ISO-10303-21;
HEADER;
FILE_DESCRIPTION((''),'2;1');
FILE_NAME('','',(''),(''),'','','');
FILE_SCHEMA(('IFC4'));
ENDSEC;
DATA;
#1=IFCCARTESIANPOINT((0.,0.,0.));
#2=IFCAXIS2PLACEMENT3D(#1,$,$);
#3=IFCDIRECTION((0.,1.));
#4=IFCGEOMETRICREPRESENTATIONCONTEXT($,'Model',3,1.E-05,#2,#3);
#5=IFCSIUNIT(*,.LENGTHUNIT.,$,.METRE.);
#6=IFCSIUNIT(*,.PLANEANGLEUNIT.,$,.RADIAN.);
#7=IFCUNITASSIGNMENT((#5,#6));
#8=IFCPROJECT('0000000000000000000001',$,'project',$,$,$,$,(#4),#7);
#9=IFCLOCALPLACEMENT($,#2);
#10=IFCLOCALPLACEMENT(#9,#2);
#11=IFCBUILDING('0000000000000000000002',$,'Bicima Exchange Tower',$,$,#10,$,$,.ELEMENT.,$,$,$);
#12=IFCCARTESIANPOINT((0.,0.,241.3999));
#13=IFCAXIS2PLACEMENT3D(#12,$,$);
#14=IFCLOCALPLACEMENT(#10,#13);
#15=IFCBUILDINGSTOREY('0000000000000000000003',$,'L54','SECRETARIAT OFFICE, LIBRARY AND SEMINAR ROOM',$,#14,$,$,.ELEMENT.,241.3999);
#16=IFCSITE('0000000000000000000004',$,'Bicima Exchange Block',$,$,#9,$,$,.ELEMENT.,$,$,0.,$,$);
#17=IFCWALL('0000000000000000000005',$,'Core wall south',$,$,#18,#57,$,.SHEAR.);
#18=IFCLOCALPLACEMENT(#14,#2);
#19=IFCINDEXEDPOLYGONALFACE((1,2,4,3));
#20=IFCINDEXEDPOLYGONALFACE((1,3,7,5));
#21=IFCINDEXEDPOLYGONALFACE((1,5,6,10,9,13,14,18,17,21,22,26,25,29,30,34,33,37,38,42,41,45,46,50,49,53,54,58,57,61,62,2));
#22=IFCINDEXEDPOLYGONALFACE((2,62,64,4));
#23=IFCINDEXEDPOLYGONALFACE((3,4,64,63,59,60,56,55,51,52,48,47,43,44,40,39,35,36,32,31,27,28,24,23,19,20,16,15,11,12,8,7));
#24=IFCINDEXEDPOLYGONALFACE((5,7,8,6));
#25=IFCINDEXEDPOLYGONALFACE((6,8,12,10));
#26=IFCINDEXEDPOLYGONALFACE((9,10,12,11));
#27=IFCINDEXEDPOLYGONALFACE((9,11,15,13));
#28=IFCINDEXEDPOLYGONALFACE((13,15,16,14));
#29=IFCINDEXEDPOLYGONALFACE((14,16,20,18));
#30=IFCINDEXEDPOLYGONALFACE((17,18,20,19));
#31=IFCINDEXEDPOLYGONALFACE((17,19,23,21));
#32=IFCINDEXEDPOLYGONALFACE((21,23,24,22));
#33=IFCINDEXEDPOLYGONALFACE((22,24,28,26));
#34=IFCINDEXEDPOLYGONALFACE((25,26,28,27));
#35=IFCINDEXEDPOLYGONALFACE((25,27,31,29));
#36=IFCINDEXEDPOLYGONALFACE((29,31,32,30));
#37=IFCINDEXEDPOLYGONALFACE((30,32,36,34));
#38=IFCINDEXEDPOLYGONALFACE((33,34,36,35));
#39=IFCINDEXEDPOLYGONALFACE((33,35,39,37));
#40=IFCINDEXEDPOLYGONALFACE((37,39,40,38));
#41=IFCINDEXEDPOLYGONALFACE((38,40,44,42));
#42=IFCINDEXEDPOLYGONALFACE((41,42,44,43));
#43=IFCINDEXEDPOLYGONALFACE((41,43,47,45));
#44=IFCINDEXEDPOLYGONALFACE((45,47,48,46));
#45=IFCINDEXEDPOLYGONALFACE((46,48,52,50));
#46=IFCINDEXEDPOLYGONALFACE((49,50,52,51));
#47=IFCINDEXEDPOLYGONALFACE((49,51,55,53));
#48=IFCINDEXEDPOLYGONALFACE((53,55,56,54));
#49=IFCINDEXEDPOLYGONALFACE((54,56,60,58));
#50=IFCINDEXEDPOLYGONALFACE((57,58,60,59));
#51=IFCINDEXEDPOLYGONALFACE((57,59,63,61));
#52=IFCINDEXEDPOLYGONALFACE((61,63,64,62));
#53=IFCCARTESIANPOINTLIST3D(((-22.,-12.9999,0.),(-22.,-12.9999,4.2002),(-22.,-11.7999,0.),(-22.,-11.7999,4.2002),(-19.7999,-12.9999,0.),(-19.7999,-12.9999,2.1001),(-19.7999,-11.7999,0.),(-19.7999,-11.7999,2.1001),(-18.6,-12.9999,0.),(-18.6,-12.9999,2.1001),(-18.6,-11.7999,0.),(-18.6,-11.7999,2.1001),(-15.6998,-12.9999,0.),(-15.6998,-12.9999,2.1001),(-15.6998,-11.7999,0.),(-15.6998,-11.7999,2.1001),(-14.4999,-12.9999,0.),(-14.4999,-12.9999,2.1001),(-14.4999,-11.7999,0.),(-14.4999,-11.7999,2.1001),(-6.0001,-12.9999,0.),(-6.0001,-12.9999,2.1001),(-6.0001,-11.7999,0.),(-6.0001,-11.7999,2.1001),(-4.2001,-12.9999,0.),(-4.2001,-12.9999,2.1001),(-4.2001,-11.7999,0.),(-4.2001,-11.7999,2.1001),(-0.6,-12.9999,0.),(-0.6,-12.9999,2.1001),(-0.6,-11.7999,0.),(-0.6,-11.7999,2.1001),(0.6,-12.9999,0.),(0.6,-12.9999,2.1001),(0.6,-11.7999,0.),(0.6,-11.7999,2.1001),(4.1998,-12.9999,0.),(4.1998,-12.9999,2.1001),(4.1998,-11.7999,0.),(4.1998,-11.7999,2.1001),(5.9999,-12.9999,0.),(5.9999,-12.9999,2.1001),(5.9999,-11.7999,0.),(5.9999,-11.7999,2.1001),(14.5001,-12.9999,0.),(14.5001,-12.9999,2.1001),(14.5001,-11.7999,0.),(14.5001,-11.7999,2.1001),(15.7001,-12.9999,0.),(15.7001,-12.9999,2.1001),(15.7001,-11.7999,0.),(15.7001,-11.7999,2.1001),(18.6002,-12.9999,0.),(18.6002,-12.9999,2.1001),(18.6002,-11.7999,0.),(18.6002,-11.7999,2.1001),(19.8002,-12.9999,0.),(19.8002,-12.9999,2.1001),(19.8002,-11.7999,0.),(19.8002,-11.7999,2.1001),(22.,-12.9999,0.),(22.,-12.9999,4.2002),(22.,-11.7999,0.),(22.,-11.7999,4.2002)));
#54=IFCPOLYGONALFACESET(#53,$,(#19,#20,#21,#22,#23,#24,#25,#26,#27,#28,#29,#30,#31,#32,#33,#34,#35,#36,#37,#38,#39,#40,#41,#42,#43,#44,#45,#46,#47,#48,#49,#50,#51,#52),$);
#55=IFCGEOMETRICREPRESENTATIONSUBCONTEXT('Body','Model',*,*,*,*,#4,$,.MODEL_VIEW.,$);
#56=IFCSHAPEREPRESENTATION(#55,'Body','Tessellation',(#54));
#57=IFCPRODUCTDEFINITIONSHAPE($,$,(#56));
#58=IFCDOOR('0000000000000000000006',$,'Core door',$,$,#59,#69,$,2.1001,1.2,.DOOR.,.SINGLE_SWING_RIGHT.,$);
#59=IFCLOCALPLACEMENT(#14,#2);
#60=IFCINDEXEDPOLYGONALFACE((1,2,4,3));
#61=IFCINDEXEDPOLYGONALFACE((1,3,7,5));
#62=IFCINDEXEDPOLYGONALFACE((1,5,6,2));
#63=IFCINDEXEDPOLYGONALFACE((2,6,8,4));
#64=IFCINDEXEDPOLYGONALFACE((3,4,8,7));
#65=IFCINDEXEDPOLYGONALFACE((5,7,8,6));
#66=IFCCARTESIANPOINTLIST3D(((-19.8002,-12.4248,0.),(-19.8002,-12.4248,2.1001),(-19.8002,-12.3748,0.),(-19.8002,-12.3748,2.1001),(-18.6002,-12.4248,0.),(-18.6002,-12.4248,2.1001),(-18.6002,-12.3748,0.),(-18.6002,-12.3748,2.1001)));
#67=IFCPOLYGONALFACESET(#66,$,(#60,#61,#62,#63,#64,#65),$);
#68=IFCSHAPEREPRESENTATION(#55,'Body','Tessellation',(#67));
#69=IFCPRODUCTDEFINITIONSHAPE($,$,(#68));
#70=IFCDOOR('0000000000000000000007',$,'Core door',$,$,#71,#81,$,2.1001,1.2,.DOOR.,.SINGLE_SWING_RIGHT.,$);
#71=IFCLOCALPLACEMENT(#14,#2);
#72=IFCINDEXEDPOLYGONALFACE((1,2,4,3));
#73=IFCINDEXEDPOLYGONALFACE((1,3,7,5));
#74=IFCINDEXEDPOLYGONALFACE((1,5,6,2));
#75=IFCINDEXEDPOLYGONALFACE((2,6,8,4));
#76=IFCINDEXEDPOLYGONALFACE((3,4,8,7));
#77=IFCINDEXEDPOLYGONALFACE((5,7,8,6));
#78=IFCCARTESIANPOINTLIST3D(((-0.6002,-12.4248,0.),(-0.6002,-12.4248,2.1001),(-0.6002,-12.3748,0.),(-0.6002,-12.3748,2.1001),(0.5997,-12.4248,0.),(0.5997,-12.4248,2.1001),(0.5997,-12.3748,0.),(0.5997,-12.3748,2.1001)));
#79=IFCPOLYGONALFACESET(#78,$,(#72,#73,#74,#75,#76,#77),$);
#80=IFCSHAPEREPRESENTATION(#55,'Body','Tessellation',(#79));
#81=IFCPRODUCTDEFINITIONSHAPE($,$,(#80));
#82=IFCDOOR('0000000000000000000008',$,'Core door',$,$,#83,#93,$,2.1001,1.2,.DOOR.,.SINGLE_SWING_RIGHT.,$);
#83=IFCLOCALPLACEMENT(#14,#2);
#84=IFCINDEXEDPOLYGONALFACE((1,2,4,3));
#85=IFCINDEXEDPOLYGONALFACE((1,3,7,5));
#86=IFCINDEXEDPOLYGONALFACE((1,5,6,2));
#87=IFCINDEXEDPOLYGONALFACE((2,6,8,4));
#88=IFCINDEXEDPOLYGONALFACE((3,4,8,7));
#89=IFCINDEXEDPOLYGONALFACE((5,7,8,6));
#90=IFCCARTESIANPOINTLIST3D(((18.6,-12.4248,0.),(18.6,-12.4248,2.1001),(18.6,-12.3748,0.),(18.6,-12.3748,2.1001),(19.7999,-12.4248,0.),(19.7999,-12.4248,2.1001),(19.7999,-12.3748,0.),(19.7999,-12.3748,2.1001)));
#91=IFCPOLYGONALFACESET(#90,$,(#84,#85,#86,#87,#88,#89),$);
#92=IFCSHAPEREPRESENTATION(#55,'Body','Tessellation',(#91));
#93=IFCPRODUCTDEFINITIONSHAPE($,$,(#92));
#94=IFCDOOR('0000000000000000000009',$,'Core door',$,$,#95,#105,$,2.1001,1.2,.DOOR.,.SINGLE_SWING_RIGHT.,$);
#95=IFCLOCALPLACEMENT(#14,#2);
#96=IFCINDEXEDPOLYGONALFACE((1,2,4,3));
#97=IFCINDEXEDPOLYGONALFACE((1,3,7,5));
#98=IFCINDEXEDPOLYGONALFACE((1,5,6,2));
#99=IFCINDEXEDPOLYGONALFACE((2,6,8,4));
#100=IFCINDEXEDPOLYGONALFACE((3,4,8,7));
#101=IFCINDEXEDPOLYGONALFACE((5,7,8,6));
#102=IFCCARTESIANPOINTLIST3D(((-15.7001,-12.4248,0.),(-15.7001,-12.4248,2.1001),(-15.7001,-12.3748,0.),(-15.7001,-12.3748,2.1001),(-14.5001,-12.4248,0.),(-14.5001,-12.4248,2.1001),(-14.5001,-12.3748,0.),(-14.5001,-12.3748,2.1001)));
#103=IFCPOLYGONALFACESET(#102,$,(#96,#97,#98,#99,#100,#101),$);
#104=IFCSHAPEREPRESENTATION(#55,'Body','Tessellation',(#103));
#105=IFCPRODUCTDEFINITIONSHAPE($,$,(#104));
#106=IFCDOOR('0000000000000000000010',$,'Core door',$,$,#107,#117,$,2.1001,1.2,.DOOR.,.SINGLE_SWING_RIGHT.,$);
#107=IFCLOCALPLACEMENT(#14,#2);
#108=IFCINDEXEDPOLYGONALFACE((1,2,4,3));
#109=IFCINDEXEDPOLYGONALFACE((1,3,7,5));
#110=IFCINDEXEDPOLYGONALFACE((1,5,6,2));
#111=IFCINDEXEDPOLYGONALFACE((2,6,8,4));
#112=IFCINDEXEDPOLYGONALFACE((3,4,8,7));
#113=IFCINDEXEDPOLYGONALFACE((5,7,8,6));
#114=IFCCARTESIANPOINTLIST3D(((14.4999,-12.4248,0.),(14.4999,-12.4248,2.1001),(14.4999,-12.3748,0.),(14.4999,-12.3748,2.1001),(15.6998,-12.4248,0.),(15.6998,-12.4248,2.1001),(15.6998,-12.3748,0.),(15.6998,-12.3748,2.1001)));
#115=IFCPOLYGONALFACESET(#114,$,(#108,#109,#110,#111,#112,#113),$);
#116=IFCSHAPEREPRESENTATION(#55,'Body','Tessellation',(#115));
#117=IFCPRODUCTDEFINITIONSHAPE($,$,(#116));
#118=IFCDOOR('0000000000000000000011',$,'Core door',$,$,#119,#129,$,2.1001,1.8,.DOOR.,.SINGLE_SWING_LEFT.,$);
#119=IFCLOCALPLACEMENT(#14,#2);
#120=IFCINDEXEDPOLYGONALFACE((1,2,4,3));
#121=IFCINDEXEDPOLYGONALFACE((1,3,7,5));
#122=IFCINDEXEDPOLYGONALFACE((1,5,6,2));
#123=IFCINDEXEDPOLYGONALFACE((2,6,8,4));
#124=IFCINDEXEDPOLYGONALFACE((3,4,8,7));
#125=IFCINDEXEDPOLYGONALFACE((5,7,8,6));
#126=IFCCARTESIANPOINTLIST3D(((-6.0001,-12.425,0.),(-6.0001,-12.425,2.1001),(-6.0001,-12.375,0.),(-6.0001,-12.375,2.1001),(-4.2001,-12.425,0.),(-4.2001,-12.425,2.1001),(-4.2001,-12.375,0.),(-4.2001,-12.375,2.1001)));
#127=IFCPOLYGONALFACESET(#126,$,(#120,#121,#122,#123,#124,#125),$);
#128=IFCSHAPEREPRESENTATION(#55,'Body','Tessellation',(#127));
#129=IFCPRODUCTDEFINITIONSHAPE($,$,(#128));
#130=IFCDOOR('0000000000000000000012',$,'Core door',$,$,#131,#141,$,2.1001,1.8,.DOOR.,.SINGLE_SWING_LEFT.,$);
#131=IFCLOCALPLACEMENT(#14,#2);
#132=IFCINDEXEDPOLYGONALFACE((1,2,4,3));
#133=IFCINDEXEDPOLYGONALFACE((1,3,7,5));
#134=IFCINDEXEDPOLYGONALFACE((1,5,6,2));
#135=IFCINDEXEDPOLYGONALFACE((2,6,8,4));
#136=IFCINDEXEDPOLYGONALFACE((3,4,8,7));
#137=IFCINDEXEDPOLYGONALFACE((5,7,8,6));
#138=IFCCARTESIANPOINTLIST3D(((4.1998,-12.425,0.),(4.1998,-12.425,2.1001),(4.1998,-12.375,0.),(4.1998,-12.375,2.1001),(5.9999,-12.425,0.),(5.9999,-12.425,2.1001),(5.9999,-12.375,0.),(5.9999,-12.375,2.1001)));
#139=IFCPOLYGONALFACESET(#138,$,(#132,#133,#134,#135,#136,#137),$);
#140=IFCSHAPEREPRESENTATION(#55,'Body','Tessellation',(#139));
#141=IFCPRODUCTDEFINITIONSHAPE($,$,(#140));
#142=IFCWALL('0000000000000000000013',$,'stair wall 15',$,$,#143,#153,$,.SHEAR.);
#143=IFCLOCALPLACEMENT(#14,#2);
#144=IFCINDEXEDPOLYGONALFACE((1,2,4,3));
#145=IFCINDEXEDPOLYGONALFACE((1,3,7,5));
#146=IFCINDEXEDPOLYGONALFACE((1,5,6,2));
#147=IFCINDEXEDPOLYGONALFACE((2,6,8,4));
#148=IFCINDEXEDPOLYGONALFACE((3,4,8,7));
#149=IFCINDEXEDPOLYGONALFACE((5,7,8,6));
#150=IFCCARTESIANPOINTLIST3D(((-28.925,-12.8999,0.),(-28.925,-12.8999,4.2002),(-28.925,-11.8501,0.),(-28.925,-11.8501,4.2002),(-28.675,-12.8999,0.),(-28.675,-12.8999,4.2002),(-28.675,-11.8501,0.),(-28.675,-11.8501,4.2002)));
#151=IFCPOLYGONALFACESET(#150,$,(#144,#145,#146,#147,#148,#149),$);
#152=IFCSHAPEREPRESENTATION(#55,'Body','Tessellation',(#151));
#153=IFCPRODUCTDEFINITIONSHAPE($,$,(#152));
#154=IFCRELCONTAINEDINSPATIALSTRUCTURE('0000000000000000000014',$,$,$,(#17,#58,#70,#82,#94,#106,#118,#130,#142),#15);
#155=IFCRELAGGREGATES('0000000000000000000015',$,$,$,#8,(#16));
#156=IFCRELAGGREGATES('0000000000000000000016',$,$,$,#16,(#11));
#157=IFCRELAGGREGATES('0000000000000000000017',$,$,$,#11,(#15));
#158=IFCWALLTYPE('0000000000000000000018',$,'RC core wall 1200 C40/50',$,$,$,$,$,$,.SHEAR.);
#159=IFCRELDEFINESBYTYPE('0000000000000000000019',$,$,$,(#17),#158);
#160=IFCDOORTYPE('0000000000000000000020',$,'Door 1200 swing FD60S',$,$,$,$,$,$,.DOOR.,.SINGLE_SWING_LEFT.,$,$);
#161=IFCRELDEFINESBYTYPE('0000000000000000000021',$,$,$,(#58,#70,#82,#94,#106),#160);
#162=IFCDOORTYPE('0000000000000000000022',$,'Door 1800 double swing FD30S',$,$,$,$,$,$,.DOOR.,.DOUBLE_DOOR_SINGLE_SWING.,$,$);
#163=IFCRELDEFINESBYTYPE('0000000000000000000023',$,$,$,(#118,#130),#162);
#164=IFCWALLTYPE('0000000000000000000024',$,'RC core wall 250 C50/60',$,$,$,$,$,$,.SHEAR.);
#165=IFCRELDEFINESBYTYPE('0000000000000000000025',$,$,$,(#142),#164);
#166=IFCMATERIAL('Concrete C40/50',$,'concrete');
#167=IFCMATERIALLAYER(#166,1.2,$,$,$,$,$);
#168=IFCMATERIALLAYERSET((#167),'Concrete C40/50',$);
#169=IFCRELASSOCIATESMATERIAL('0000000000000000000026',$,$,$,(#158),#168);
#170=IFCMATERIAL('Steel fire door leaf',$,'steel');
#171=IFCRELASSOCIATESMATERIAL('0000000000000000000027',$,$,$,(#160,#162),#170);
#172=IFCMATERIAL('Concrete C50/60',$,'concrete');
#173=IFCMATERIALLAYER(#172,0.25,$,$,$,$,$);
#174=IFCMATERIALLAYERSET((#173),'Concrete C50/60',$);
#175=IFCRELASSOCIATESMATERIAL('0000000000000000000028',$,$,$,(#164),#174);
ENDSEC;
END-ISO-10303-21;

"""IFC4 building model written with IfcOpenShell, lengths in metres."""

from ifc_helpers import new_model, si_unit, direction, frame, frame_2d, origin, place, context, subcontext, project, spatial, rectangle, extrude, material, layer, layer_set, type_object, element, fill, save


model = new_model("IFC4")

# Units and contexts
model_context = context("Model", 3, precision=1e-05, world=origin(), true_north=direction((0.0, 1.0)))
body_context = subcontext(model_context, "Body", "Model", "MODEL_VIEW")
ifc_project = project(units=[si_unit("LENGTHUNIT", "METRE"), si_unit("PLANEANGLEUNIT", "RADIAN")], contexts=[model_context])

# Site, building, storey
site_placement = place(None, origin())
site = spatial("IfcSite", under=ifc_project, at=site_placement, Name="Bicima Exchange Block", CompositionType="ELEMENT", RefElevation=0.0)
building_placement = place(site_placement, origin())
building = spatial("IfcBuilding", under=site, at=building_placement, Name="Bicima Exchange Tower", CompositionType="ELEMENT")
storey_placement = place(building_placement, frame((0.0, 0.0, 241.3999)))
storey = spatial("IfcBuildingStorey", under=building, at=storey_placement, Name="L54", Description="SECRETARIAT OFFICE, LIBRARY AND SEMINAR ROOM", CompositionType="ELEMENT", Elevation=241.3999)

# Shared definitions
ifc_material_1 = material(Name="Steel fire door leaf", Category="steel")

# Wall, openings, doors
ifc_material_2 = material(Name="Concrete C40/50", Category="concrete")
ifc_layer_1 = layer(ifc_material_2, 1.2)
ifc_layer_set_1 = layer_set([ifc_layer_1], Name="Concrete C40/50")
wall_type_1 = type_object("IfcWallType", Name="RC core wall 1200 C40/50", PredefinedType="SHEAR", material=ifc_layer_set_1)
wall_1_placement = place(storey_placement, frame((-22.0, -12.3999, 0.0), z_axis=(0.0, 0.0, 1.0), x_axis=(1.0, 0.0, 0.0)))
wall_1 = element("IfcWall", 1, at=wall_1_placement, inside=storey, type_object=wall_type_1, Name="Core wall south", PredefinedType="SHEAR", context=body_context, shape_type="SweptSolid", body=[
    extrude(rectangle(XDim=44.0, YDim=1.2, at=frame_2d((22.0, 0.0))), origin(), (0.0, 0.0, 1.0), 4.2002),
])
opening_1_placement = place(wall_1_placement, frame((2.2, 0.0, 0.0)))
opening_1 = element("IfcOpeningElement", 2, at=opening_1_placement, cuts=wall_1, PredefinedType="OPENING", context=body_context, shape_type="SweptSolid", body=[
    extrude(rectangle(XDim=1.2, YDim=2.1001, at=frame_2d((0.6001, 1.05))), frame((0.0, 0.6118, 0.0), z_axis=(0.0, -1.0, 0.0), x_axis=(1.0, 0.0, 0.0)), (0.0, 0.0, 1.0), 1.2239),
])
opening_2_placement = place(wall_1_placement, frame((21.3999, 0.0, 0.0)))
opening_2 = element("IfcOpeningElement", 3, at=opening_2_placement, cuts=wall_1, PredefinedType="OPENING", context=body_context, shape_type="SweptSolid", body=[
    extrude(rectangle(XDim=1.2, YDim=2.1001, at=frame_2d((0.6001, 1.05))), frame((0.0, 0.6118, 0.0), z_axis=(0.0, -1.0, 0.0), x_axis=(1.0, 0.0, 0.0)), (0.0, 0.0, 1.0), 1.2239),
])
opening_3_placement = place(wall_1_placement, frame((40.6001, 0.0, 0.0)))
opening_3 = element("IfcOpeningElement", 4, at=opening_3_placement, cuts=wall_1, PredefinedType="OPENING", context=body_context, shape_type="SweptSolid", body=[
    extrude(rectangle(XDim=1.2, YDim=2.1001, at=frame_2d((0.6001, 1.05))), frame((0.0, 0.6118, 0.0), z_axis=(0.0, -1.0, 0.0), x_axis=(1.0, 0.0, 0.0)), (0.0, 0.0, 1.0), 1.2239),
])
opening_4_placement = place(wall_1_placement, frame((16.0, 0.0, 0.0)))
opening_4 = element("IfcOpeningElement", 5, at=opening_4_placement, cuts=wall_1, PredefinedType="OPENING", context=body_context, shape_type="SweptSolid", body=[
    extrude(rectangle(XDim=1.8, YDim=2.1001, at=frame_2d((0.8999, 1.05))), frame((0.0, 0.6118, 0.0), z_axis=(0.0, -1.0, 0.0), x_axis=(1.0, 0.0, 0.0)), (0.0, 0.0, 1.0), 1.2239),
])
opening_5_placement = place(wall_1_placement, frame((6.3, 0.0, 0.0)))
opening_5 = element("IfcOpeningElement", 6, at=opening_5_placement, cuts=wall_1, PredefinedType="OPENING", context=body_context, shape_type="SweptSolid", body=[
    extrude(rectangle(XDim=1.2, YDim=2.1001, at=frame_2d((0.6001, 1.05))), frame((0.0, 0.6118, 0.0), z_axis=(0.0, -1.0, 0.0), x_axis=(1.0, 0.0, 0.0)), (0.0, 0.0, 1.0), 1.2239),
])
opening_6_placement = place(wall_1_placement, frame((26.2, 0.0, 0.0)))
opening_6 = element("IfcOpeningElement", 7, at=opening_6_placement, cuts=wall_1, PredefinedType="OPENING", context=body_context, shape_type="SweptSolid", body=[
    extrude(rectangle(XDim=1.8, YDim=2.1001, at=frame_2d((0.8999, 1.05))), frame((0.0, 0.6118, 0.0), z_axis=(0.0, -1.0, 0.0), x_axis=(1.0, 0.0, 0.0)), (0.0, 0.0, 1.0), 1.2239),
])
opening_7_placement = place(wall_1_placement, frame((36.5, 0.0, 0.0)))
opening_7 = element("IfcOpeningElement", 8, at=opening_7_placement, cuts=wall_1, PredefinedType="OPENING", context=body_context, shape_type="SweptSolid", body=[
    extrude(rectangle(XDim=1.2, YDim=2.1001, at=frame_2d((0.6001, 1.05))), frame((0.0, 0.6118, 0.0), z_axis=(0.0, -1.0, 0.0), x_axis=(1.0, 0.0, 0.0)), (0.0, 0.0, 1.0), 1.2239),
])
door_type_1 = type_object("IfcDoorType", Name="Door 1200 swing FD60S", OperationType="SINGLE_SWING_LEFT", PredefinedType="DOOR", material=ifc_material_1)
door_1_placement = place(opening_1_placement, frame((1.2, 0.0, 0.0), z_axis=(0.0, 0.0, 1.0), x_axis=(-1.0, 0.0, 0.0)))
door_1 = element("IfcDoor", 9, at=door_1_placement, inside=storey, type_object=door_type_1, Name="Core door", OperationType="SINGLE_SWING_RIGHT", OverallHeight=2.1001, OverallWidth=1.2, PredefinedType="DOOR", context=body_context, shape_type="SweptSolid", body=[
    extrude(rectangle(XDim=1.2, YDim=2.1001, at=frame_2d((0.6001, 1.05))), frame((0.0, 0.0249, 0.0), z_axis=(0.0, -1.0, 0.0), x_axis=(1.0, 0.0, 0.0)), (0.0, 0.0, 1.0), 0.05),
])
fill(opening_1, door_1)
door_2_placement = place(opening_2_placement, frame((1.2, 0.0, 0.0), z_axis=(0.0, 0.0, 1.0), x_axis=(-1.0, 0.0, 0.0)))
door_2 = element("IfcDoor", 10, at=door_2_placement, inside=storey, type_object=door_type_1, Name="Core door", OperationType="SINGLE_SWING_RIGHT", OverallHeight=2.1001, OverallWidth=1.2, PredefinedType="DOOR", context=body_context, shape_type="SweptSolid", body=[
    extrude(rectangle(XDim=1.2, YDim=2.1001, at=frame_2d((0.6001, 1.05))), frame((0.0, 0.0249, 0.0), z_axis=(0.0, -1.0, 0.0), x_axis=(1.0, 0.0, 0.0)), (0.0, 0.0, 1.0), 0.05),
])
fill(opening_2, door_2)
door_3_placement = place(opening_3_placement, frame((1.2, 0.0, 0.0), z_axis=(0.0, 0.0, 1.0), x_axis=(-1.0, 0.0, 0.0)))
door_3 = element("IfcDoor", 11, at=door_3_placement, inside=storey, type_object=door_type_1, Name="Core door", OperationType="SINGLE_SWING_RIGHT", OverallHeight=2.1001, OverallWidth=1.2, PredefinedType="DOOR", context=body_context, shape_type="SweptSolid", body=[
    extrude(rectangle(XDim=1.2, YDim=2.1001, at=frame_2d((0.6001, 1.05))), frame((0.0, 0.0249, 0.0), z_axis=(0.0, -1.0, 0.0), x_axis=(1.0, 0.0, 0.0)), (0.0, 0.0, 1.0), 0.05),
])
fill(opening_3, door_3)
door_4_placement = place(opening_5_placement, frame((1.2, 0.0, 0.0), z_axis=(0.0, 0.0, 1.0), x_axis=(-1.0, 0.0, 0.0)))
door_4 = element("IfcDoor", 12, at=door_4_placement, inside=storey, type_object=door_type_1, Name="Core door", OperationType="SINGLE_SWING_RIGHT", OverallHeight=2.1001, OverallWidth=1.2, PredefinedType="DOOR", context=body_context, shape_type="SweptSolid", body=[
    extrude(rectangle(XDim=1.2, YDim=2.1001, at=frame_2d((0.6001, 1.05))), frame((0.0, 0.0249, 0.0), z_axis=(0.0, -1.0, 0.0), x_axis=(1.0, 0.0, 0.0)), (0.0, 0.0, 1.0), 0.05),
])
fill(opening_5, door_4)
door_5_placement = place(opening_7_placement, frame((1.2, 0.0, 0.0), z_axis=(0.0, 0.0, 1.0), x_axis=(-1.0, 0.0, 0.0)))
door_5 = element("IfcDoor", 13, at=door_5_placement, inside=storey, type_object=door_type_1, Name="Core door", OperationType="SINGLE_SWING_RIGHT", OverallHeight=2.1001, OverallWidth=1.2, PredefinedType="DOOR", context=body_context, shape_type="SweptSolid", body=[
    extrude(rectangle(XDim=1.2, YDim=2.1001, at=frame_2d((0.6001, 1.05))), frame((0.0, 0.0249, 0.0), z_axis=(0.0, -1.0, 0.0), x_axis=(1.0, 0.0, 0.0)), (0.0, 0.0, 1.0), 0.05),
])
fill(opening_7, door_5)
door_type_2 = type_object("IfcDoorType", Name="Door 1800 double swing FD30S", OperationType="DOUBLE_DOOR_SINGLE_SWING", PredefinedType="DOOR", material=ifc_material_1)
door_6_placement = place(opening_4_placement, origin())
door_6 = element("IfcDoor", 14, at=door_6_placement, inside=storey, type_object=door_type_2, Name="Core door", OperationType="SINGLE_SWING_LEFT", OverallHeight=2.1001, OverallWidth=1.8, PredefinedType="DOOR", context=body_context, shape_type="SweptSolid", body=[
    extrude(rectangle(XDim=1.8, YDim=2.1001, at=frame_2d((0.8999, 1.05))), frame((0.0, 0.0249, 0.0), z_axis=(0.0, -1.0, 0.0), x_axis=(1.0, 0.0, 0.0)), (0.0, 0.0, 1.0), 0.05),
])
fill(opening_4, door_6)
door_7_placement = place(opening_6_placement, origin())
door_7 = element("IfcDoor", 15, at=door_7_placement, inside=storey, type_object=door_type_2, Name="Core door", OperationType="SINGLE_SWING_LEFT", OverallHeight=2.1001, OverallWidth=1.8, PredefinedType="DOOR", context=body_context, shape_type="SweptSolid", body=[
    extrude(rectangle(XDim=1.8, YDim=2.1001, at=frame_2d((0.8999, 1.05))), frame((0.0, 0.0249, 0.0), z_axis=(0.0, -1.0, 0.0), x_axis=(1.0, 0.0, 0.0)), (0.0, 0.0, 1.0), 0.05),
])
fill(opening_6, door_7)

# Wall
ifc_material_3 = material(Name="Concrete C50/60", Category="concrete")
ifc_layer_2 = layer(ifc_material_3, 0.25)
ifc_layer_set_2 = layer_set([ifc_layer_2], Name="Concrete C50/60")
wall_type_2 = type_object("IfcWallType", Name="RC core wall 250 C50/60", PredefinedType="SHEAR", material=ifc_layer_set_2)
wall_2_placement = place(storey_placement, frame((-28.8, -12.8999, 0.0), z_axis=(0.0, 0.0, 1.0), x_axis=(0.0, 1.0, 0.0)))
element("IfcWall", 16, at=wall_2_placement, inside=storey, type_object=wall_type_2, Name="stair wall 15", PredefinedType="SHEAR", context=body_context, shape_type="SweptSolid", body=[
    extrude(rectangle(XDim=1.0498, YDim=0.25, at=frame_2d((0.5249, 0.0))), origin(), (0.0, 0.0, 1.0), 4.2002),
])

save(model, "model.ifc")
